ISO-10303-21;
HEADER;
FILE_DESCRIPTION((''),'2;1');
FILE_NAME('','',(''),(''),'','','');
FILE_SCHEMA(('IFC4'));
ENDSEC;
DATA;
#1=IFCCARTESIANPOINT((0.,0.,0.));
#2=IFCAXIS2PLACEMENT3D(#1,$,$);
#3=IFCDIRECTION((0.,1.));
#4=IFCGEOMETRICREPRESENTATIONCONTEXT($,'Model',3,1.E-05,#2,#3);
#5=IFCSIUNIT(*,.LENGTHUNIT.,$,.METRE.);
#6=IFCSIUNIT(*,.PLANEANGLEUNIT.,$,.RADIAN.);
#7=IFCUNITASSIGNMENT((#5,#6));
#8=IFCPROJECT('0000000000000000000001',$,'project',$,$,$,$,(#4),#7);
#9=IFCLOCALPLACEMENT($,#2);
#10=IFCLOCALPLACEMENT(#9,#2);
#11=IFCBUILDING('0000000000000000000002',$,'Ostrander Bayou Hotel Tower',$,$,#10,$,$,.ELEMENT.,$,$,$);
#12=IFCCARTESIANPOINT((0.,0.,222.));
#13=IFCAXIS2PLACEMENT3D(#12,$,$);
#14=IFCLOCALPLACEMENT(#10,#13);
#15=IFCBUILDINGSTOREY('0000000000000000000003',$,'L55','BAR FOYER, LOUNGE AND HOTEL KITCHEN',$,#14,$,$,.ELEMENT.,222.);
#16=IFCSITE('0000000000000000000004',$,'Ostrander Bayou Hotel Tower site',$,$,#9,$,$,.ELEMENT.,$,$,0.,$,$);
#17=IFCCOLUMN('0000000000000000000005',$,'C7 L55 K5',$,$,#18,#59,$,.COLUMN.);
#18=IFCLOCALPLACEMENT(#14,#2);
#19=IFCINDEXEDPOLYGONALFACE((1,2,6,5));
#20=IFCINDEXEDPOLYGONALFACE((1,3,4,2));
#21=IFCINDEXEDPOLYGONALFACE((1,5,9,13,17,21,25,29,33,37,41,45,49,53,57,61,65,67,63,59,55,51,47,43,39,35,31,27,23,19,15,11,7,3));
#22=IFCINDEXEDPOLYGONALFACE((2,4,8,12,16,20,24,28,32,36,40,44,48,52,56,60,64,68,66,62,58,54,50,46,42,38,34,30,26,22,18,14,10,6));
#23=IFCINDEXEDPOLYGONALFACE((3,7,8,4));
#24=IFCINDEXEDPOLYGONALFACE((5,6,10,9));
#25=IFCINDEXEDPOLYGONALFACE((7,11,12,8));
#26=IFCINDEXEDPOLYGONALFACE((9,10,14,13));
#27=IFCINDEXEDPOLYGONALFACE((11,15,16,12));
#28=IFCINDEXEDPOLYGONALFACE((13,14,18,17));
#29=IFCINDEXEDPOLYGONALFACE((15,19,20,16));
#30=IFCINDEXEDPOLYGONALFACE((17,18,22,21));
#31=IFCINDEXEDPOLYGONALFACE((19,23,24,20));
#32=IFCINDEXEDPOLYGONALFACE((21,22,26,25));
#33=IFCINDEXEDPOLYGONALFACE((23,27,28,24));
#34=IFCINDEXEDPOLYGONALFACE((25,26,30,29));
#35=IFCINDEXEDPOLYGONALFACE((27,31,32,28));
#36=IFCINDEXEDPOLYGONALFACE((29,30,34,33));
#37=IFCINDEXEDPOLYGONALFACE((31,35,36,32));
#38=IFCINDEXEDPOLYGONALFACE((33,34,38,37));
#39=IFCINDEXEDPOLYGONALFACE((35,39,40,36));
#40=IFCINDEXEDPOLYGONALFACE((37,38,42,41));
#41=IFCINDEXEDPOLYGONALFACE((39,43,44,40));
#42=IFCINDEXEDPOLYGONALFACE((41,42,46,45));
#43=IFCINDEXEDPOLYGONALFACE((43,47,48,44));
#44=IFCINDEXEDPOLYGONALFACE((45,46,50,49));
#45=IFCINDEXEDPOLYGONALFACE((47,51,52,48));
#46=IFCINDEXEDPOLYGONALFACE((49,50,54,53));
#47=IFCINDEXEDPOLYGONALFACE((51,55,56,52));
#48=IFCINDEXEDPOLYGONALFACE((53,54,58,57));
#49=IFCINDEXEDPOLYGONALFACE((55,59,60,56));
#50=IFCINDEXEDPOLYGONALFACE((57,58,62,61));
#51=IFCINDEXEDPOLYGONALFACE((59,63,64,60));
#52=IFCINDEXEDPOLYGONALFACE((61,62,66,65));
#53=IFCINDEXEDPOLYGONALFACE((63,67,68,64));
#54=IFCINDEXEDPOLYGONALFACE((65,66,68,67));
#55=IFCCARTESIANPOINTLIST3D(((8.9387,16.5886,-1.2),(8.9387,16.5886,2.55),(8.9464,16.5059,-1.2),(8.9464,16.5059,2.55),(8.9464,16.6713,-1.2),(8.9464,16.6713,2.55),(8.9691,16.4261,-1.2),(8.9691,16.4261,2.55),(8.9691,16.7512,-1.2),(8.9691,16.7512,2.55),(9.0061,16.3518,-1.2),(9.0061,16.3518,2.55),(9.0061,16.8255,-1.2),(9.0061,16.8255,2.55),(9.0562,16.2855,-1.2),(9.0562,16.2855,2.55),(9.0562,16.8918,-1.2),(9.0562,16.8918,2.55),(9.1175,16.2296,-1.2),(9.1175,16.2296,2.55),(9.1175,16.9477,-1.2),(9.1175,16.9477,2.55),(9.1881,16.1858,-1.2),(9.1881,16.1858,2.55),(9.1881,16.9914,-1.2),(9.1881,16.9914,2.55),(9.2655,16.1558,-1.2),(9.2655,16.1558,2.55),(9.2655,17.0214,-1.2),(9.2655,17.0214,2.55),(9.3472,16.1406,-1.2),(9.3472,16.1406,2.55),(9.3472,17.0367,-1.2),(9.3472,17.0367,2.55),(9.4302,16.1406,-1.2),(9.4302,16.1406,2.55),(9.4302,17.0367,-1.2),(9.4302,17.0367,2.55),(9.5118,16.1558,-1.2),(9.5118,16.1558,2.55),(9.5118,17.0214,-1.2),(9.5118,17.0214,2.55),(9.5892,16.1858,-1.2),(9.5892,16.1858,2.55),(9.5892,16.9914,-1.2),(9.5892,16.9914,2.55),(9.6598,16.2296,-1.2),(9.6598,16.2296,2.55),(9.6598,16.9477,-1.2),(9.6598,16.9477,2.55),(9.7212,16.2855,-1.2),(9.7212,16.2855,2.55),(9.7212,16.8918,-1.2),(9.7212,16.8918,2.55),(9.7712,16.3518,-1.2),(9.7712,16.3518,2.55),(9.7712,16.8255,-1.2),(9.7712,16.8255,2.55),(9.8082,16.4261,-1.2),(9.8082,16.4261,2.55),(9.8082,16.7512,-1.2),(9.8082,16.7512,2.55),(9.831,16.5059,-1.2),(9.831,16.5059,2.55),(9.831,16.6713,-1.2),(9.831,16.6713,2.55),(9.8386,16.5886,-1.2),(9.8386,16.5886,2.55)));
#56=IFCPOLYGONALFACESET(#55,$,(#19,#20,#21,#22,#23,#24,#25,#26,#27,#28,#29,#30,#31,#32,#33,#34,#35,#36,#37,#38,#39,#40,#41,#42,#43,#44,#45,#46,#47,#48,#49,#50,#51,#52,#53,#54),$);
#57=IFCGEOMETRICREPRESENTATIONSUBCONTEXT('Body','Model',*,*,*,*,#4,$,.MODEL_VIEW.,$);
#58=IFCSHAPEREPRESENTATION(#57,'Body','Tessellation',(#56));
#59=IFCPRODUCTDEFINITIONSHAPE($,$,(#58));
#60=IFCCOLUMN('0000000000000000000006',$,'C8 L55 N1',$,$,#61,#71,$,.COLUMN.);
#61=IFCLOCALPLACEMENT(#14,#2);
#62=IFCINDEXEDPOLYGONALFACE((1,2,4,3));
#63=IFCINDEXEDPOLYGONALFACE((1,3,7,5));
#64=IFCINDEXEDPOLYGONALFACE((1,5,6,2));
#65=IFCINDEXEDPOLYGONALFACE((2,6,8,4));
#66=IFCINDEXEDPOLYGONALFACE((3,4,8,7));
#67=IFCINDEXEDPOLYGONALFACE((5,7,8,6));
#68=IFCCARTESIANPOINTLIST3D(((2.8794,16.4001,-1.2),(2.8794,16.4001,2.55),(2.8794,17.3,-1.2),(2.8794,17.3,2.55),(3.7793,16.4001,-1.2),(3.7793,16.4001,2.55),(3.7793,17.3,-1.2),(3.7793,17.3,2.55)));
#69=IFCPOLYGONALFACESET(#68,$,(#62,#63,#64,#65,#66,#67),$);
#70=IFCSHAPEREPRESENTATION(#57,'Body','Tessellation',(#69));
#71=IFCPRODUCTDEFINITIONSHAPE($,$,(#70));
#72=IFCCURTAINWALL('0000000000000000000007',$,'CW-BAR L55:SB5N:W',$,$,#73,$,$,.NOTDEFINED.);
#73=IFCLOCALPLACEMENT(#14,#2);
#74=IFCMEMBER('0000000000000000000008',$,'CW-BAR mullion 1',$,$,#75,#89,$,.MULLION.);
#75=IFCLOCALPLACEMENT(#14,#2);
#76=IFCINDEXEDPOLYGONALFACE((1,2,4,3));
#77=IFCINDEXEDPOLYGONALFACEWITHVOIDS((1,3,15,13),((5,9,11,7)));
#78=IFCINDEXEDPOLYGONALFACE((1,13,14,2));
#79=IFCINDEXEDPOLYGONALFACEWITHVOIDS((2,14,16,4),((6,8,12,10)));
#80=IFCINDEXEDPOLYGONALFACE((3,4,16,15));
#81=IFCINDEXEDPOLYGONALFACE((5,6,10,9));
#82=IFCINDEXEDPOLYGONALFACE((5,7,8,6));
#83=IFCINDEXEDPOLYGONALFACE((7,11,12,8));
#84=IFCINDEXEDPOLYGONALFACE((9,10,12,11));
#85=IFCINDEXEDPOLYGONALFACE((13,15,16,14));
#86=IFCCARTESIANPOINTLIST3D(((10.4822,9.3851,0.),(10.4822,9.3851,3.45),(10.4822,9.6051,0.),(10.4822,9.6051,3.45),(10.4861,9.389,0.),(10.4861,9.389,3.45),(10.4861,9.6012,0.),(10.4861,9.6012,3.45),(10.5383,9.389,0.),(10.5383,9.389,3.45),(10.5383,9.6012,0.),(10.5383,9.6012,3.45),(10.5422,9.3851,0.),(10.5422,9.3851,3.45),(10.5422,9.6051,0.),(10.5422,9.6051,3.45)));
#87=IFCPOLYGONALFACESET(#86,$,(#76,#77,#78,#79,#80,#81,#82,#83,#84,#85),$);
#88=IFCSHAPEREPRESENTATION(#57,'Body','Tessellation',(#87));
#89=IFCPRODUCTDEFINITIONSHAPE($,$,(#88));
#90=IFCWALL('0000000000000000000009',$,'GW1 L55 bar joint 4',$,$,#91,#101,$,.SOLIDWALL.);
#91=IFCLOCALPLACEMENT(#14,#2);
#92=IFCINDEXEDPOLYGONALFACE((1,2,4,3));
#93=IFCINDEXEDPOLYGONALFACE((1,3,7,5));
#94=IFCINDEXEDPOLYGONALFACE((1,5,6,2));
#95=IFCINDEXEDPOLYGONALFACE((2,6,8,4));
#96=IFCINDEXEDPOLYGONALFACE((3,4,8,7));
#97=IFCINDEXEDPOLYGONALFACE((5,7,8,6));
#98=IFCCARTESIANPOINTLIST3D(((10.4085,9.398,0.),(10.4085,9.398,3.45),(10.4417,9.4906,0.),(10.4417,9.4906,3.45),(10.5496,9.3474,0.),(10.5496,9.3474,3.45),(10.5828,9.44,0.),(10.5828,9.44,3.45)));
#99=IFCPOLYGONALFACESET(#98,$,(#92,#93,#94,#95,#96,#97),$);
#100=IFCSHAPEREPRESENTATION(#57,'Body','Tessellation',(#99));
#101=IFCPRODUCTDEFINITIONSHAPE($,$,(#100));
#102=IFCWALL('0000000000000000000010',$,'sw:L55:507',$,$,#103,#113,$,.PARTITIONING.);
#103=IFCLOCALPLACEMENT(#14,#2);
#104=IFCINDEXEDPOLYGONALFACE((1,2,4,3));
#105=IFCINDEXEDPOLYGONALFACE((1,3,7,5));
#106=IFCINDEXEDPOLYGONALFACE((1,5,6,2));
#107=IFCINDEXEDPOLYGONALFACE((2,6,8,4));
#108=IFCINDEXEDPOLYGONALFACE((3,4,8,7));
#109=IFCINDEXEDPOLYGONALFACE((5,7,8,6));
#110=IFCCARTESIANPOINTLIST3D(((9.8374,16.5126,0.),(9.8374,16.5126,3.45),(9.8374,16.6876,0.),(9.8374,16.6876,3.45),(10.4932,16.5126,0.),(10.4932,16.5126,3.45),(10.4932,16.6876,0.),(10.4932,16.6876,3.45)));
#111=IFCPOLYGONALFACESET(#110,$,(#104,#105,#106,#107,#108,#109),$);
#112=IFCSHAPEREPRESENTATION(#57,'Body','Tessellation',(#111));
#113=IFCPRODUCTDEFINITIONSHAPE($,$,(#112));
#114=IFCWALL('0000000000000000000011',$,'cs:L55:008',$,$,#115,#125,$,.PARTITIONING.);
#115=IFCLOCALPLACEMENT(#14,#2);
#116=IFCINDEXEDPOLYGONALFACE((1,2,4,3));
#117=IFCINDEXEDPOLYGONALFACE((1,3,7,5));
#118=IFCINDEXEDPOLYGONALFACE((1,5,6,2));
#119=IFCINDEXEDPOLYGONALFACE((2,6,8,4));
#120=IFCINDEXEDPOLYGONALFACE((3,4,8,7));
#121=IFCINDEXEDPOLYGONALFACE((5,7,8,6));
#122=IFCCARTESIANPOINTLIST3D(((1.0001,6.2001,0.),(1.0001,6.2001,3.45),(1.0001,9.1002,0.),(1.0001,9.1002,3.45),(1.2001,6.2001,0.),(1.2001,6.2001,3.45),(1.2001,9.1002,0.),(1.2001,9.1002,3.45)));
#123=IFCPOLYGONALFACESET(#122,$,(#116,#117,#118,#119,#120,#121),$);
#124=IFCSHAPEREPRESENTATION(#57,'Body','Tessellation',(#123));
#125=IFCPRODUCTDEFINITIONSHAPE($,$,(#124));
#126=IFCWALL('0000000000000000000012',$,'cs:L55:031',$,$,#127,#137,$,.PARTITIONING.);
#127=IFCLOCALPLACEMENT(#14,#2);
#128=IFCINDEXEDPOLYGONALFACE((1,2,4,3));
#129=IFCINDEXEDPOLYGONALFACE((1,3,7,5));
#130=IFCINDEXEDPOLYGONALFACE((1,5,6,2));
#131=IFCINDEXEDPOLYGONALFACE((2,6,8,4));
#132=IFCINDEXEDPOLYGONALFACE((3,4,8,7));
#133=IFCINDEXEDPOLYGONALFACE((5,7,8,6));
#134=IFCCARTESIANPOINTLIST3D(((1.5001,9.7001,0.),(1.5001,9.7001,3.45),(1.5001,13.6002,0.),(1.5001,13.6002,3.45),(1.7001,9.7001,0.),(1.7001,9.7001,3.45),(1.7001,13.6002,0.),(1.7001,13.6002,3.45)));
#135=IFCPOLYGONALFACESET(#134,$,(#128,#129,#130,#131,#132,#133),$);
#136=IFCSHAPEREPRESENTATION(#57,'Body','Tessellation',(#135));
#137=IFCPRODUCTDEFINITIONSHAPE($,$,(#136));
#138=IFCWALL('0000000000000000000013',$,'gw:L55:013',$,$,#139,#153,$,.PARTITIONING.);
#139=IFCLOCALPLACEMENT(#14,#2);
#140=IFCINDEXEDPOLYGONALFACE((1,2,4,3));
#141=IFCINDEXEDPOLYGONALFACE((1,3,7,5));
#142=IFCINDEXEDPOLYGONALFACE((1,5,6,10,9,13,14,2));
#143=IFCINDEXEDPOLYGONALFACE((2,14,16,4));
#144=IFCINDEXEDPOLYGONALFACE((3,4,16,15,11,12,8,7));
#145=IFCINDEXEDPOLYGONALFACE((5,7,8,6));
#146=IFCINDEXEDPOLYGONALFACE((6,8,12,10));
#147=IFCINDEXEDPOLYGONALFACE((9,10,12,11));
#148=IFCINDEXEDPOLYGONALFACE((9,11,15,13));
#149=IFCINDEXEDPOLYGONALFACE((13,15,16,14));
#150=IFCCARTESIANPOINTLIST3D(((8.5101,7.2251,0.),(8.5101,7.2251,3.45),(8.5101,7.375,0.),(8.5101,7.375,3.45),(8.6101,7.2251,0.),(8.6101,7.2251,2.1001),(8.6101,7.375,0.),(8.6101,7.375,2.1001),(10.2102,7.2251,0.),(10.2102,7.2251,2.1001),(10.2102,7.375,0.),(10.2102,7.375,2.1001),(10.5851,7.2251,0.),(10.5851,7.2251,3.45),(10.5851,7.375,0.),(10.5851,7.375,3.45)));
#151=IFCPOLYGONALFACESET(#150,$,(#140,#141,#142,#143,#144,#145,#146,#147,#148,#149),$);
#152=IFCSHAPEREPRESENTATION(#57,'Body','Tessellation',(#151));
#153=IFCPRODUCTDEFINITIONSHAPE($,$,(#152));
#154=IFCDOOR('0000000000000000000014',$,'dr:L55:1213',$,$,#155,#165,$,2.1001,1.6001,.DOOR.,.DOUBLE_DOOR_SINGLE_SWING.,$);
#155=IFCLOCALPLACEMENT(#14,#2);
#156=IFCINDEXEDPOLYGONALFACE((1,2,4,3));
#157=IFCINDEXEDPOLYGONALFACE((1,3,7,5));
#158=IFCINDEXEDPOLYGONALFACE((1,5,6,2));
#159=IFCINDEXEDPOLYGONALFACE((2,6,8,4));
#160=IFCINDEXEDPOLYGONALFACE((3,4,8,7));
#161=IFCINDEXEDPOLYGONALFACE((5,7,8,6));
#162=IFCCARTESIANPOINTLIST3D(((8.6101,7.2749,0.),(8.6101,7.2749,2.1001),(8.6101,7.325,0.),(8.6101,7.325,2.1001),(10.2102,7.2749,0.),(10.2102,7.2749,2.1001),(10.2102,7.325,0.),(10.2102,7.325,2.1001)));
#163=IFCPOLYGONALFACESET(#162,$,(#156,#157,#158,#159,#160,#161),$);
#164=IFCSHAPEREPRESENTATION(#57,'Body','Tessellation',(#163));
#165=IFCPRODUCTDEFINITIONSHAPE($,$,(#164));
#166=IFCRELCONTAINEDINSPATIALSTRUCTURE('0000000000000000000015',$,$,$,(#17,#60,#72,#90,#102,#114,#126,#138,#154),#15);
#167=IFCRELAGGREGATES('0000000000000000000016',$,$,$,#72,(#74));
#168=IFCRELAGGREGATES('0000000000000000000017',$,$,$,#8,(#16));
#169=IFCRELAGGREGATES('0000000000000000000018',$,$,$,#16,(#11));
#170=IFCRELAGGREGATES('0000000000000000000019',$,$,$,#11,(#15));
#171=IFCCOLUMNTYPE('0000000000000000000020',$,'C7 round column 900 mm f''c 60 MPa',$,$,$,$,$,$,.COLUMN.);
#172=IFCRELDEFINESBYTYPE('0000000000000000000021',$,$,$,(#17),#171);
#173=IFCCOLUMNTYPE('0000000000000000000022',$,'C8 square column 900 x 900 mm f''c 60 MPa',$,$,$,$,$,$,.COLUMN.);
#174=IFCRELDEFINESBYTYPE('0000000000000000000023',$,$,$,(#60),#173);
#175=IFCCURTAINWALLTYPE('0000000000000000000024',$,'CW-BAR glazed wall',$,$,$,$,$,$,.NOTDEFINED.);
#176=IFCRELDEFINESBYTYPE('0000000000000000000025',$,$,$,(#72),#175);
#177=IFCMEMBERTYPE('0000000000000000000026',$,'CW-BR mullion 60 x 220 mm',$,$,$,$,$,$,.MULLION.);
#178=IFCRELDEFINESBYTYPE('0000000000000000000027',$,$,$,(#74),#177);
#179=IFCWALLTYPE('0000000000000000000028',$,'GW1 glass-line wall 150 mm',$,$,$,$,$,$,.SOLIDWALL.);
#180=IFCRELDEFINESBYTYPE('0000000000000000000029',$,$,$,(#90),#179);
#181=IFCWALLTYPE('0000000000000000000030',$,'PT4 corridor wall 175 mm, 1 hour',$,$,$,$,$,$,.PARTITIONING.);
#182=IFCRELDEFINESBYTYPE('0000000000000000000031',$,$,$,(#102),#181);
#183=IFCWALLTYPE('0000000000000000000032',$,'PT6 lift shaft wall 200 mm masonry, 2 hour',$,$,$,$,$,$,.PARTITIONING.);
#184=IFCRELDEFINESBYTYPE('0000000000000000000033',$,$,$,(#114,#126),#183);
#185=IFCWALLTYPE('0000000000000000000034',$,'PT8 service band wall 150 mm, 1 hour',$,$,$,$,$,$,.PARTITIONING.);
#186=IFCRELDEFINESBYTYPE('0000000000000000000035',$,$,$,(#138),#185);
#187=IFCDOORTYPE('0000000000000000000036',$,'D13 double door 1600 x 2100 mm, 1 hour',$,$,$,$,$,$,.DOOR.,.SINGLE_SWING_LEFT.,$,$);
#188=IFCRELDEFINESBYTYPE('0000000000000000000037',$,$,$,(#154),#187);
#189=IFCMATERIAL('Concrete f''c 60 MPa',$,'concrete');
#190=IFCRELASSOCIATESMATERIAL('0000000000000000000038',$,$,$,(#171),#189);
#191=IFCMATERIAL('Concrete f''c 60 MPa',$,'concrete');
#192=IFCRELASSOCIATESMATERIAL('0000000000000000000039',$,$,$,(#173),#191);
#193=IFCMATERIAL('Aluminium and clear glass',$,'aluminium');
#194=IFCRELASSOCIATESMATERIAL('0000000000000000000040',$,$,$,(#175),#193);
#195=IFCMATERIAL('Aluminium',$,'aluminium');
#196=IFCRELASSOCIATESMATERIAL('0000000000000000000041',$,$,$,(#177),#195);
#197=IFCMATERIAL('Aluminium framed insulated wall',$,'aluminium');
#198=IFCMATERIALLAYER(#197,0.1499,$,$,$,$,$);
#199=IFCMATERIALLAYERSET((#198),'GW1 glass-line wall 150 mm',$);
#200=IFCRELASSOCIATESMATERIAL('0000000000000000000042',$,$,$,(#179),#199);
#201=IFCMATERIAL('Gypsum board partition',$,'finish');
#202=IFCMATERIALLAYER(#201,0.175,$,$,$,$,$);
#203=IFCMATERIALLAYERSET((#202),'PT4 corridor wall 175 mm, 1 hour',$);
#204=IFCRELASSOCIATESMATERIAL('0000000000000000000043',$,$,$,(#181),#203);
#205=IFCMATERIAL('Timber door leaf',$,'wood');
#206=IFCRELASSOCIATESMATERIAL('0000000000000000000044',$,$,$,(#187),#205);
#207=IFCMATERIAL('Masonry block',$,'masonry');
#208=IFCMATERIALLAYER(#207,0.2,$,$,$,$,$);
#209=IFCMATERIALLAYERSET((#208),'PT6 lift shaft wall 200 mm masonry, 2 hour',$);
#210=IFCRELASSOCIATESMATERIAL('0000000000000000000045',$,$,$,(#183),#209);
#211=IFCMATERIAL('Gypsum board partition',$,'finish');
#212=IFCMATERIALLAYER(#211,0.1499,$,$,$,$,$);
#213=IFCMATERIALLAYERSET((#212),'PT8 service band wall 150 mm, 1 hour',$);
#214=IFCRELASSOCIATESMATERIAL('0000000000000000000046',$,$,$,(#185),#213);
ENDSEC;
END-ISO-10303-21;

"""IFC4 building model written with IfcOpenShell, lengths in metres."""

from ifc_helpers import new_model, si_unit, direction, frame, frame_2d, origin, origin_2d, place, context, subcontext, project, spatial, rectangle, hollow_rectangle, circle, extrude, material, layer, layer_set, material_profile, profile_set, type_object, element, fill, aggregate, save


model = new_model("IFC4")

# Units and contexts
model_context = context("Model", 3, precision=1e-05, world=origin(), true_north=direction((0.0, 1.0)))
body_context = subcontext(model_context, "Body", "Model", "MODEL_VIEW")
ifc_project = project(units=[si_unit("LENGTHUNIT", "METRE"), si_unit("PLANEANGLEUNIT", "RADIAN")], contexts=[model_context])

# Site, building, storey
site_placement = place(None, origin())
site = spatial("IfcSite", under=ifc_project, at=site_placement, Name="Ostrander Bayou Hotel Tower site", CompositionType="ELEMENT", RefElevation=0.0)
building_placement = place(site_placement, origin())
building = spatial("IfcBuilding", under=site, at=building_placement, Name="Ostrander Bayou Hotel Tower", CompositionType="ELEMENT")
storey_placement = place(building_placement, frame((0.0, 0.0, 222.0)))
storey = spatial("IfcBuildingStorey", under=building, at=storey_placement, Name="L55", Description="BAR FOYER, LOUNGE AND HOTEL KITCHEN", CompositionType="ELEMENT", Elevation=222.0)

# Columns
ifc_material_1 = material(Name="Concrete f'c 60 MPa", Category="concrete")
ifc_material_profile_1 = material_profile(ifc_material_1, circle(Radius=0.45, at=origin_2d()))
ifc_profile_set_1 = profile_set([ifc_material_profile_1], Name="Concrete f'c 60 MPa")
column_type_1 = type_object("IfcColumnType", Name="C7 round column 900 mm f'c 60 MPa", PredefinedType="COLUMN", material=ifc_profile_set_1)
column_1_placement = place(storey_placement, frame((9.3887, 16.5886, -1.2), z_axis=(0.0, 0.0, 1.0), x_axis=(1.0, 0.0, 0.0)))
element("IfcColumn", 1, at=column_1_placement, inside=storey, type_object=column_type_1, Name="C7 L55 K5", PredefinedType="COLUMN", context=body_context, shape_type="SweptSolid", body=[
    extrude(circle(Radius=0.45, at=origin_2d()), origin(), (0.0, 0.0, 1.0), 3.75),
])
ifc_material_2 = material(Name="Concrete f'c 60 MPa", Category="concrete")
ifc_material_profile_2 = material_profile(ifc_material_2, rectangle(XDim=0.8999, YDim=0.8999, at=origin_2d()))
ifc_profile_set_2 = profile_set([ifc_material_profile_2], Name="Concrete f'c 60 MPa")
column_type_2 = type_object("IfcColumnType", Name="C8 square column 900 x 900 mm f'c 60 MPa", PredefinedType="COLUMN", material=ifc_profile_set_2)
column_2_placement = place(storey_placement, frame((3.3293, 16.8501, -1.2), z_axis=(0.0, 0.0, 1.0), x_axis=(1.0, 0.0, 0.0)))
element("IfcColumn", 2, at=column_2_placement, inside=storey, type_object=column_type_2, Name="C8 L55 N1", PredefinedType="COLUMN", context=body_context, shape_type="SweptSolid", body=[
    extrude(rectangle(XDim=0.8999, YDim=0.8999, at=origin_2d()), origin(), (0.0, 0.0, 1.0), 3.75),
])

# Curtain wall, member
ifc_material_3 = material(Name="Aluminium and clear glass", Category="aluminium")
curtain_wall_type = type_object("IfcCurtainWallType", Name="CW-BAR glazed wall", PredefinedType="NOTDEFINED", material=ifc_material_3)
curtain_wall_placement = place(storey_placement, origin())
curtain_wall = element("IfcCurtainWall", 3, at=curtain_wall_placement, inside=storey, type_object=curtain_wall_type, Name="CW-BAR L55:SB5N:W", PredefinedType="NOTDEFINED")
ifc_material_4 = material(Name="Aluminium", Category="aluminium")
ifc_material_profile_3 = material_profile(ifc_material_4, hollow_rectangle(XDim=0.0601, YDim=0.22, WallThickness=0.0039, at=origin_2d()))
ifc_profile_set_3 = profile_set([ifc_material_profile_3], Name="Aluminium")
member_type = type_object("IfcMemberType", Name="CW-BR mullion 60 x 220 mm", PredefinedType="MULLION", material=ifc_profile_set_3)
member_placement = place(storey_placement, frame((10.5122, 9.4951, 0.0), z_axis=(0.0, 0.0, 1.0), x_axis=(-1.0, 0.0, 0.0)))
member = element("IfcMember", 4, at=member_placement, type_object=member_type, Name="CW-BAR mullion 1", PredefinedType="MULLION", context=body_context, shape_type="SweptSolid", body=[
    extrude(hollow_rectangle(XDim=0.0601, YDim=0.22, WallThickness=0.0039, at=origin_2d()), origin(), (0.0, 0.0, 1.0), 3.45),
])
aggregate(curtain_wall, [member])

# Wall
ifc_material_5 = material(Name="Aluminium framed insulated wall", Category="aluminium")
ifc_layer_1 = layer(ifc_material_5, 0.1499)
ifc_layer_set_1 = layer_set([ifc_layer_1], Name="GW1 glass-line wall 150 mm")
wall_type_1 = type_object("IfcWallType", Name="GW1 glass-line wall 150 mm", PredefinedType="SOLIDWALL", material=ifc_layer_set_1)
wall_1_placement = place(storey_placement, frame((10.479, 9.3726, 0.0), z_axis=(0.0, 0.0, 1.0), x_axis=(0.337752, 0.941235, 0.0)))
element("IfcWall", 5, at=wall_1_placement, inside=storey, type_object=wall_type_1, Name="GW1 L55 bar joint 4", PredefinedType="SOLIDWALL", context=body_context, shape_type="SweptSolid", body=[
    extrude(rectangle(XDim=0.0984, YDim=0.1499, at=frame_2d((0.0493, 0.0))), origin(), (0.0, 0.0, 1.0), 3.45),
])

# Shared definitions
ifc_material_6 = material(Name="Gypsum board partition", Category="finish")
ifc_layer_2 = layer(ifc_material_6, 0.175)
ifc_layer_set_2 = layer_set([ifc_layer_2], Name="PT4 corridor wall 175 mm, 1 hour")
wall_type_2 = type_object("IfcWallType", Name="PT4 corridor wall 175 mm, 1 hour", PredefinedType="PARTITIONING", material=ifc_layer_set_2)
ifc_material_7 = material(Name="Timber door leaf", Category="wood")
door_type_1 = type_object("IfcDoorType", Name="D13 double door 1600 x 2100 mm, 1 hour", OperationType="SINGLE_SWING_LEFT", PredefinedType="DOOR", material=ifc_material_7)

# Wall
wall_2_placement = place(storey_placement, frame((9.8374, 16.6001, 0.0), z_axis=(0.0, 0.0, 1.0), x_axis=(1.0, 0.0, 0.0)))
element("IfcWall", 6, at=wall_2_placement, inside=storey, type_object=wall_type_2, Name="sw:L55:507", PredefinedType="PARTITIONING", context=body_context, shape_type="SweptSolid", body=[
    extrude(rectangle(XDim=0.6558, YDim=0.175, at=frame_2d((0.3279, 0.0))), origin(), (0.0, 0.0, 1.0), 3.45),
])

# Shared definitions
ifc_material_8 = material(Name="Masonry block", Category="masonry")
ifc_layer_3 = layer(ifc_material_8, 0.2)
ifc_layer_set_3 = layer_set([ifc_layer_3], Name="PT6 lift shaft wall 200 mm masonry, 2 hour")
wall_type_3 = type_object("IfcWallType", Name="PT6 lift shaft wall 200 mm masonry, 2 hour", PredefinedType="PARTITIONING", material=ifc_layer_set_3)

# Walls
wall_3_placement = place(storey_placement, frame((1.1001, 6.2, 0.0), z_axis=(0.0, 0.0, 1.0), x_axis=(0.0, 1.0, 0.0)))
element("IfcWall", 7, at=wall_3_placement, inside=storey, type_object=wall_type_3, Name="cs:L55:008", PredefinedType="PARTITIONING", context=body_context, shape_type="SweptSolid", body=[
    extrude(rectangle(XDim=2.9001, YDim=0.2, at=frame_2d((1.4502, 0.0))), origin(), (0.0, 0.0, 1.0), 3.45),
])
wall_4_placement = place(storey_placement, frame((1.6001, 9.7, 0.0), z_axis=(0.0, 0.0, 1.0), x_axis=(0.0, 1.0, 0.0)))
element("IfcWall", 8, at=wall_4_placement, inside=storey, type_object=wall_type_3, Name="cs:L55:031", PredefinedType="PARTITIONING", context=body_context, shape_type="SweptSolid", body=[
    extrude(rectangle(XDim=3.9001, YDim=0.2, at=frame_2d((1.9502, 0.0))), origin(), (0.0, 0.0, 1.0), 3.45),
])

# Wall, opening, door
ifc_material_9 = material(Name="Gypsum board partition", Category="finish")
ifc_layer_4 = layer(ifc_material_9, 0.1499)
ifc_layer_set_4 = layer_set([ifc_layer_4], Name="PT8 service band wall 150 mm, 1 hour")
wall_type_4 = type_object("IfcWallType", Name="PT8 service band wall 150 mm, 1 hour", PredefinedType="PARTITIONING", material=ifc_layer_set_4)
wall_5_placement = place(storey_placement, frame((8.51, 7.3, 0.0), z_axis=(0.0, 0.0, 1.0), x_axis=(1.0, 0.0, 0.0)))
wall_5 = element("IfcWall", 9, at=wall_5_placement, inside=storey, type_object=wall_type_4, Name="gw:L55:013", PredefinedType="PARTITIONING", context=body_context, shape_type="SweptSolid", body=[
    extrude(rectangle(XDim=2.075, YDim=0.1499, at=frame_2d((1.0376, 0.0))), origin(), (0.0, 0.0, 1.0), 3.45),
])
opening_1_placement = place(wall_5_placement, frame((0.1001, 0.0, 0.0)))
opening_1 = element("IfcOpeningElement", 10, at=opening_1_placement, cuts=wall_5, PredefinedType="OPENING", context=body_context, shape_type="SweptSolid", body=[
    extrude(rectangle(XDim=1.6001, YDim=2.1001, at=frame_2d((0.8, 1.05))), frame((0.0, 0.075, 0.0), z_axis=(0.0, -1.0, 0.0), x_axis=(1.0, 0.0, 0.0)), (0.0, 0.0, 1.0), 0.1499),
])
door_1_placement = place(opening_1_placement, origin())
door_1 = element("IfcDoor", 11, at=door_1_placement, inside=storey, type_object=door_type_1, Name="dr:L55:1213", OperationType="DOUBLE_DOOR_SINGLE_SWING", OverallHeight=2.1001, OverallWidth=1.6001, PredefinedType="DOOR", context=body_context, shape_type="SweptSolid", body=[
    extrude(rectangle(XDim=1.6001, YDim=2.1001, at=frame_2d((0.8, 1.05))), frame((0.0, 0.0249, 0.0), z_axis=(0.0, -1.0, 0.0), x_axis=(1.0, 0.0, 0.0)), (0.0, 0.0, 1.0), 0.05),
])
fill(opening_1, door_1)

save(model, "model.ifc")
